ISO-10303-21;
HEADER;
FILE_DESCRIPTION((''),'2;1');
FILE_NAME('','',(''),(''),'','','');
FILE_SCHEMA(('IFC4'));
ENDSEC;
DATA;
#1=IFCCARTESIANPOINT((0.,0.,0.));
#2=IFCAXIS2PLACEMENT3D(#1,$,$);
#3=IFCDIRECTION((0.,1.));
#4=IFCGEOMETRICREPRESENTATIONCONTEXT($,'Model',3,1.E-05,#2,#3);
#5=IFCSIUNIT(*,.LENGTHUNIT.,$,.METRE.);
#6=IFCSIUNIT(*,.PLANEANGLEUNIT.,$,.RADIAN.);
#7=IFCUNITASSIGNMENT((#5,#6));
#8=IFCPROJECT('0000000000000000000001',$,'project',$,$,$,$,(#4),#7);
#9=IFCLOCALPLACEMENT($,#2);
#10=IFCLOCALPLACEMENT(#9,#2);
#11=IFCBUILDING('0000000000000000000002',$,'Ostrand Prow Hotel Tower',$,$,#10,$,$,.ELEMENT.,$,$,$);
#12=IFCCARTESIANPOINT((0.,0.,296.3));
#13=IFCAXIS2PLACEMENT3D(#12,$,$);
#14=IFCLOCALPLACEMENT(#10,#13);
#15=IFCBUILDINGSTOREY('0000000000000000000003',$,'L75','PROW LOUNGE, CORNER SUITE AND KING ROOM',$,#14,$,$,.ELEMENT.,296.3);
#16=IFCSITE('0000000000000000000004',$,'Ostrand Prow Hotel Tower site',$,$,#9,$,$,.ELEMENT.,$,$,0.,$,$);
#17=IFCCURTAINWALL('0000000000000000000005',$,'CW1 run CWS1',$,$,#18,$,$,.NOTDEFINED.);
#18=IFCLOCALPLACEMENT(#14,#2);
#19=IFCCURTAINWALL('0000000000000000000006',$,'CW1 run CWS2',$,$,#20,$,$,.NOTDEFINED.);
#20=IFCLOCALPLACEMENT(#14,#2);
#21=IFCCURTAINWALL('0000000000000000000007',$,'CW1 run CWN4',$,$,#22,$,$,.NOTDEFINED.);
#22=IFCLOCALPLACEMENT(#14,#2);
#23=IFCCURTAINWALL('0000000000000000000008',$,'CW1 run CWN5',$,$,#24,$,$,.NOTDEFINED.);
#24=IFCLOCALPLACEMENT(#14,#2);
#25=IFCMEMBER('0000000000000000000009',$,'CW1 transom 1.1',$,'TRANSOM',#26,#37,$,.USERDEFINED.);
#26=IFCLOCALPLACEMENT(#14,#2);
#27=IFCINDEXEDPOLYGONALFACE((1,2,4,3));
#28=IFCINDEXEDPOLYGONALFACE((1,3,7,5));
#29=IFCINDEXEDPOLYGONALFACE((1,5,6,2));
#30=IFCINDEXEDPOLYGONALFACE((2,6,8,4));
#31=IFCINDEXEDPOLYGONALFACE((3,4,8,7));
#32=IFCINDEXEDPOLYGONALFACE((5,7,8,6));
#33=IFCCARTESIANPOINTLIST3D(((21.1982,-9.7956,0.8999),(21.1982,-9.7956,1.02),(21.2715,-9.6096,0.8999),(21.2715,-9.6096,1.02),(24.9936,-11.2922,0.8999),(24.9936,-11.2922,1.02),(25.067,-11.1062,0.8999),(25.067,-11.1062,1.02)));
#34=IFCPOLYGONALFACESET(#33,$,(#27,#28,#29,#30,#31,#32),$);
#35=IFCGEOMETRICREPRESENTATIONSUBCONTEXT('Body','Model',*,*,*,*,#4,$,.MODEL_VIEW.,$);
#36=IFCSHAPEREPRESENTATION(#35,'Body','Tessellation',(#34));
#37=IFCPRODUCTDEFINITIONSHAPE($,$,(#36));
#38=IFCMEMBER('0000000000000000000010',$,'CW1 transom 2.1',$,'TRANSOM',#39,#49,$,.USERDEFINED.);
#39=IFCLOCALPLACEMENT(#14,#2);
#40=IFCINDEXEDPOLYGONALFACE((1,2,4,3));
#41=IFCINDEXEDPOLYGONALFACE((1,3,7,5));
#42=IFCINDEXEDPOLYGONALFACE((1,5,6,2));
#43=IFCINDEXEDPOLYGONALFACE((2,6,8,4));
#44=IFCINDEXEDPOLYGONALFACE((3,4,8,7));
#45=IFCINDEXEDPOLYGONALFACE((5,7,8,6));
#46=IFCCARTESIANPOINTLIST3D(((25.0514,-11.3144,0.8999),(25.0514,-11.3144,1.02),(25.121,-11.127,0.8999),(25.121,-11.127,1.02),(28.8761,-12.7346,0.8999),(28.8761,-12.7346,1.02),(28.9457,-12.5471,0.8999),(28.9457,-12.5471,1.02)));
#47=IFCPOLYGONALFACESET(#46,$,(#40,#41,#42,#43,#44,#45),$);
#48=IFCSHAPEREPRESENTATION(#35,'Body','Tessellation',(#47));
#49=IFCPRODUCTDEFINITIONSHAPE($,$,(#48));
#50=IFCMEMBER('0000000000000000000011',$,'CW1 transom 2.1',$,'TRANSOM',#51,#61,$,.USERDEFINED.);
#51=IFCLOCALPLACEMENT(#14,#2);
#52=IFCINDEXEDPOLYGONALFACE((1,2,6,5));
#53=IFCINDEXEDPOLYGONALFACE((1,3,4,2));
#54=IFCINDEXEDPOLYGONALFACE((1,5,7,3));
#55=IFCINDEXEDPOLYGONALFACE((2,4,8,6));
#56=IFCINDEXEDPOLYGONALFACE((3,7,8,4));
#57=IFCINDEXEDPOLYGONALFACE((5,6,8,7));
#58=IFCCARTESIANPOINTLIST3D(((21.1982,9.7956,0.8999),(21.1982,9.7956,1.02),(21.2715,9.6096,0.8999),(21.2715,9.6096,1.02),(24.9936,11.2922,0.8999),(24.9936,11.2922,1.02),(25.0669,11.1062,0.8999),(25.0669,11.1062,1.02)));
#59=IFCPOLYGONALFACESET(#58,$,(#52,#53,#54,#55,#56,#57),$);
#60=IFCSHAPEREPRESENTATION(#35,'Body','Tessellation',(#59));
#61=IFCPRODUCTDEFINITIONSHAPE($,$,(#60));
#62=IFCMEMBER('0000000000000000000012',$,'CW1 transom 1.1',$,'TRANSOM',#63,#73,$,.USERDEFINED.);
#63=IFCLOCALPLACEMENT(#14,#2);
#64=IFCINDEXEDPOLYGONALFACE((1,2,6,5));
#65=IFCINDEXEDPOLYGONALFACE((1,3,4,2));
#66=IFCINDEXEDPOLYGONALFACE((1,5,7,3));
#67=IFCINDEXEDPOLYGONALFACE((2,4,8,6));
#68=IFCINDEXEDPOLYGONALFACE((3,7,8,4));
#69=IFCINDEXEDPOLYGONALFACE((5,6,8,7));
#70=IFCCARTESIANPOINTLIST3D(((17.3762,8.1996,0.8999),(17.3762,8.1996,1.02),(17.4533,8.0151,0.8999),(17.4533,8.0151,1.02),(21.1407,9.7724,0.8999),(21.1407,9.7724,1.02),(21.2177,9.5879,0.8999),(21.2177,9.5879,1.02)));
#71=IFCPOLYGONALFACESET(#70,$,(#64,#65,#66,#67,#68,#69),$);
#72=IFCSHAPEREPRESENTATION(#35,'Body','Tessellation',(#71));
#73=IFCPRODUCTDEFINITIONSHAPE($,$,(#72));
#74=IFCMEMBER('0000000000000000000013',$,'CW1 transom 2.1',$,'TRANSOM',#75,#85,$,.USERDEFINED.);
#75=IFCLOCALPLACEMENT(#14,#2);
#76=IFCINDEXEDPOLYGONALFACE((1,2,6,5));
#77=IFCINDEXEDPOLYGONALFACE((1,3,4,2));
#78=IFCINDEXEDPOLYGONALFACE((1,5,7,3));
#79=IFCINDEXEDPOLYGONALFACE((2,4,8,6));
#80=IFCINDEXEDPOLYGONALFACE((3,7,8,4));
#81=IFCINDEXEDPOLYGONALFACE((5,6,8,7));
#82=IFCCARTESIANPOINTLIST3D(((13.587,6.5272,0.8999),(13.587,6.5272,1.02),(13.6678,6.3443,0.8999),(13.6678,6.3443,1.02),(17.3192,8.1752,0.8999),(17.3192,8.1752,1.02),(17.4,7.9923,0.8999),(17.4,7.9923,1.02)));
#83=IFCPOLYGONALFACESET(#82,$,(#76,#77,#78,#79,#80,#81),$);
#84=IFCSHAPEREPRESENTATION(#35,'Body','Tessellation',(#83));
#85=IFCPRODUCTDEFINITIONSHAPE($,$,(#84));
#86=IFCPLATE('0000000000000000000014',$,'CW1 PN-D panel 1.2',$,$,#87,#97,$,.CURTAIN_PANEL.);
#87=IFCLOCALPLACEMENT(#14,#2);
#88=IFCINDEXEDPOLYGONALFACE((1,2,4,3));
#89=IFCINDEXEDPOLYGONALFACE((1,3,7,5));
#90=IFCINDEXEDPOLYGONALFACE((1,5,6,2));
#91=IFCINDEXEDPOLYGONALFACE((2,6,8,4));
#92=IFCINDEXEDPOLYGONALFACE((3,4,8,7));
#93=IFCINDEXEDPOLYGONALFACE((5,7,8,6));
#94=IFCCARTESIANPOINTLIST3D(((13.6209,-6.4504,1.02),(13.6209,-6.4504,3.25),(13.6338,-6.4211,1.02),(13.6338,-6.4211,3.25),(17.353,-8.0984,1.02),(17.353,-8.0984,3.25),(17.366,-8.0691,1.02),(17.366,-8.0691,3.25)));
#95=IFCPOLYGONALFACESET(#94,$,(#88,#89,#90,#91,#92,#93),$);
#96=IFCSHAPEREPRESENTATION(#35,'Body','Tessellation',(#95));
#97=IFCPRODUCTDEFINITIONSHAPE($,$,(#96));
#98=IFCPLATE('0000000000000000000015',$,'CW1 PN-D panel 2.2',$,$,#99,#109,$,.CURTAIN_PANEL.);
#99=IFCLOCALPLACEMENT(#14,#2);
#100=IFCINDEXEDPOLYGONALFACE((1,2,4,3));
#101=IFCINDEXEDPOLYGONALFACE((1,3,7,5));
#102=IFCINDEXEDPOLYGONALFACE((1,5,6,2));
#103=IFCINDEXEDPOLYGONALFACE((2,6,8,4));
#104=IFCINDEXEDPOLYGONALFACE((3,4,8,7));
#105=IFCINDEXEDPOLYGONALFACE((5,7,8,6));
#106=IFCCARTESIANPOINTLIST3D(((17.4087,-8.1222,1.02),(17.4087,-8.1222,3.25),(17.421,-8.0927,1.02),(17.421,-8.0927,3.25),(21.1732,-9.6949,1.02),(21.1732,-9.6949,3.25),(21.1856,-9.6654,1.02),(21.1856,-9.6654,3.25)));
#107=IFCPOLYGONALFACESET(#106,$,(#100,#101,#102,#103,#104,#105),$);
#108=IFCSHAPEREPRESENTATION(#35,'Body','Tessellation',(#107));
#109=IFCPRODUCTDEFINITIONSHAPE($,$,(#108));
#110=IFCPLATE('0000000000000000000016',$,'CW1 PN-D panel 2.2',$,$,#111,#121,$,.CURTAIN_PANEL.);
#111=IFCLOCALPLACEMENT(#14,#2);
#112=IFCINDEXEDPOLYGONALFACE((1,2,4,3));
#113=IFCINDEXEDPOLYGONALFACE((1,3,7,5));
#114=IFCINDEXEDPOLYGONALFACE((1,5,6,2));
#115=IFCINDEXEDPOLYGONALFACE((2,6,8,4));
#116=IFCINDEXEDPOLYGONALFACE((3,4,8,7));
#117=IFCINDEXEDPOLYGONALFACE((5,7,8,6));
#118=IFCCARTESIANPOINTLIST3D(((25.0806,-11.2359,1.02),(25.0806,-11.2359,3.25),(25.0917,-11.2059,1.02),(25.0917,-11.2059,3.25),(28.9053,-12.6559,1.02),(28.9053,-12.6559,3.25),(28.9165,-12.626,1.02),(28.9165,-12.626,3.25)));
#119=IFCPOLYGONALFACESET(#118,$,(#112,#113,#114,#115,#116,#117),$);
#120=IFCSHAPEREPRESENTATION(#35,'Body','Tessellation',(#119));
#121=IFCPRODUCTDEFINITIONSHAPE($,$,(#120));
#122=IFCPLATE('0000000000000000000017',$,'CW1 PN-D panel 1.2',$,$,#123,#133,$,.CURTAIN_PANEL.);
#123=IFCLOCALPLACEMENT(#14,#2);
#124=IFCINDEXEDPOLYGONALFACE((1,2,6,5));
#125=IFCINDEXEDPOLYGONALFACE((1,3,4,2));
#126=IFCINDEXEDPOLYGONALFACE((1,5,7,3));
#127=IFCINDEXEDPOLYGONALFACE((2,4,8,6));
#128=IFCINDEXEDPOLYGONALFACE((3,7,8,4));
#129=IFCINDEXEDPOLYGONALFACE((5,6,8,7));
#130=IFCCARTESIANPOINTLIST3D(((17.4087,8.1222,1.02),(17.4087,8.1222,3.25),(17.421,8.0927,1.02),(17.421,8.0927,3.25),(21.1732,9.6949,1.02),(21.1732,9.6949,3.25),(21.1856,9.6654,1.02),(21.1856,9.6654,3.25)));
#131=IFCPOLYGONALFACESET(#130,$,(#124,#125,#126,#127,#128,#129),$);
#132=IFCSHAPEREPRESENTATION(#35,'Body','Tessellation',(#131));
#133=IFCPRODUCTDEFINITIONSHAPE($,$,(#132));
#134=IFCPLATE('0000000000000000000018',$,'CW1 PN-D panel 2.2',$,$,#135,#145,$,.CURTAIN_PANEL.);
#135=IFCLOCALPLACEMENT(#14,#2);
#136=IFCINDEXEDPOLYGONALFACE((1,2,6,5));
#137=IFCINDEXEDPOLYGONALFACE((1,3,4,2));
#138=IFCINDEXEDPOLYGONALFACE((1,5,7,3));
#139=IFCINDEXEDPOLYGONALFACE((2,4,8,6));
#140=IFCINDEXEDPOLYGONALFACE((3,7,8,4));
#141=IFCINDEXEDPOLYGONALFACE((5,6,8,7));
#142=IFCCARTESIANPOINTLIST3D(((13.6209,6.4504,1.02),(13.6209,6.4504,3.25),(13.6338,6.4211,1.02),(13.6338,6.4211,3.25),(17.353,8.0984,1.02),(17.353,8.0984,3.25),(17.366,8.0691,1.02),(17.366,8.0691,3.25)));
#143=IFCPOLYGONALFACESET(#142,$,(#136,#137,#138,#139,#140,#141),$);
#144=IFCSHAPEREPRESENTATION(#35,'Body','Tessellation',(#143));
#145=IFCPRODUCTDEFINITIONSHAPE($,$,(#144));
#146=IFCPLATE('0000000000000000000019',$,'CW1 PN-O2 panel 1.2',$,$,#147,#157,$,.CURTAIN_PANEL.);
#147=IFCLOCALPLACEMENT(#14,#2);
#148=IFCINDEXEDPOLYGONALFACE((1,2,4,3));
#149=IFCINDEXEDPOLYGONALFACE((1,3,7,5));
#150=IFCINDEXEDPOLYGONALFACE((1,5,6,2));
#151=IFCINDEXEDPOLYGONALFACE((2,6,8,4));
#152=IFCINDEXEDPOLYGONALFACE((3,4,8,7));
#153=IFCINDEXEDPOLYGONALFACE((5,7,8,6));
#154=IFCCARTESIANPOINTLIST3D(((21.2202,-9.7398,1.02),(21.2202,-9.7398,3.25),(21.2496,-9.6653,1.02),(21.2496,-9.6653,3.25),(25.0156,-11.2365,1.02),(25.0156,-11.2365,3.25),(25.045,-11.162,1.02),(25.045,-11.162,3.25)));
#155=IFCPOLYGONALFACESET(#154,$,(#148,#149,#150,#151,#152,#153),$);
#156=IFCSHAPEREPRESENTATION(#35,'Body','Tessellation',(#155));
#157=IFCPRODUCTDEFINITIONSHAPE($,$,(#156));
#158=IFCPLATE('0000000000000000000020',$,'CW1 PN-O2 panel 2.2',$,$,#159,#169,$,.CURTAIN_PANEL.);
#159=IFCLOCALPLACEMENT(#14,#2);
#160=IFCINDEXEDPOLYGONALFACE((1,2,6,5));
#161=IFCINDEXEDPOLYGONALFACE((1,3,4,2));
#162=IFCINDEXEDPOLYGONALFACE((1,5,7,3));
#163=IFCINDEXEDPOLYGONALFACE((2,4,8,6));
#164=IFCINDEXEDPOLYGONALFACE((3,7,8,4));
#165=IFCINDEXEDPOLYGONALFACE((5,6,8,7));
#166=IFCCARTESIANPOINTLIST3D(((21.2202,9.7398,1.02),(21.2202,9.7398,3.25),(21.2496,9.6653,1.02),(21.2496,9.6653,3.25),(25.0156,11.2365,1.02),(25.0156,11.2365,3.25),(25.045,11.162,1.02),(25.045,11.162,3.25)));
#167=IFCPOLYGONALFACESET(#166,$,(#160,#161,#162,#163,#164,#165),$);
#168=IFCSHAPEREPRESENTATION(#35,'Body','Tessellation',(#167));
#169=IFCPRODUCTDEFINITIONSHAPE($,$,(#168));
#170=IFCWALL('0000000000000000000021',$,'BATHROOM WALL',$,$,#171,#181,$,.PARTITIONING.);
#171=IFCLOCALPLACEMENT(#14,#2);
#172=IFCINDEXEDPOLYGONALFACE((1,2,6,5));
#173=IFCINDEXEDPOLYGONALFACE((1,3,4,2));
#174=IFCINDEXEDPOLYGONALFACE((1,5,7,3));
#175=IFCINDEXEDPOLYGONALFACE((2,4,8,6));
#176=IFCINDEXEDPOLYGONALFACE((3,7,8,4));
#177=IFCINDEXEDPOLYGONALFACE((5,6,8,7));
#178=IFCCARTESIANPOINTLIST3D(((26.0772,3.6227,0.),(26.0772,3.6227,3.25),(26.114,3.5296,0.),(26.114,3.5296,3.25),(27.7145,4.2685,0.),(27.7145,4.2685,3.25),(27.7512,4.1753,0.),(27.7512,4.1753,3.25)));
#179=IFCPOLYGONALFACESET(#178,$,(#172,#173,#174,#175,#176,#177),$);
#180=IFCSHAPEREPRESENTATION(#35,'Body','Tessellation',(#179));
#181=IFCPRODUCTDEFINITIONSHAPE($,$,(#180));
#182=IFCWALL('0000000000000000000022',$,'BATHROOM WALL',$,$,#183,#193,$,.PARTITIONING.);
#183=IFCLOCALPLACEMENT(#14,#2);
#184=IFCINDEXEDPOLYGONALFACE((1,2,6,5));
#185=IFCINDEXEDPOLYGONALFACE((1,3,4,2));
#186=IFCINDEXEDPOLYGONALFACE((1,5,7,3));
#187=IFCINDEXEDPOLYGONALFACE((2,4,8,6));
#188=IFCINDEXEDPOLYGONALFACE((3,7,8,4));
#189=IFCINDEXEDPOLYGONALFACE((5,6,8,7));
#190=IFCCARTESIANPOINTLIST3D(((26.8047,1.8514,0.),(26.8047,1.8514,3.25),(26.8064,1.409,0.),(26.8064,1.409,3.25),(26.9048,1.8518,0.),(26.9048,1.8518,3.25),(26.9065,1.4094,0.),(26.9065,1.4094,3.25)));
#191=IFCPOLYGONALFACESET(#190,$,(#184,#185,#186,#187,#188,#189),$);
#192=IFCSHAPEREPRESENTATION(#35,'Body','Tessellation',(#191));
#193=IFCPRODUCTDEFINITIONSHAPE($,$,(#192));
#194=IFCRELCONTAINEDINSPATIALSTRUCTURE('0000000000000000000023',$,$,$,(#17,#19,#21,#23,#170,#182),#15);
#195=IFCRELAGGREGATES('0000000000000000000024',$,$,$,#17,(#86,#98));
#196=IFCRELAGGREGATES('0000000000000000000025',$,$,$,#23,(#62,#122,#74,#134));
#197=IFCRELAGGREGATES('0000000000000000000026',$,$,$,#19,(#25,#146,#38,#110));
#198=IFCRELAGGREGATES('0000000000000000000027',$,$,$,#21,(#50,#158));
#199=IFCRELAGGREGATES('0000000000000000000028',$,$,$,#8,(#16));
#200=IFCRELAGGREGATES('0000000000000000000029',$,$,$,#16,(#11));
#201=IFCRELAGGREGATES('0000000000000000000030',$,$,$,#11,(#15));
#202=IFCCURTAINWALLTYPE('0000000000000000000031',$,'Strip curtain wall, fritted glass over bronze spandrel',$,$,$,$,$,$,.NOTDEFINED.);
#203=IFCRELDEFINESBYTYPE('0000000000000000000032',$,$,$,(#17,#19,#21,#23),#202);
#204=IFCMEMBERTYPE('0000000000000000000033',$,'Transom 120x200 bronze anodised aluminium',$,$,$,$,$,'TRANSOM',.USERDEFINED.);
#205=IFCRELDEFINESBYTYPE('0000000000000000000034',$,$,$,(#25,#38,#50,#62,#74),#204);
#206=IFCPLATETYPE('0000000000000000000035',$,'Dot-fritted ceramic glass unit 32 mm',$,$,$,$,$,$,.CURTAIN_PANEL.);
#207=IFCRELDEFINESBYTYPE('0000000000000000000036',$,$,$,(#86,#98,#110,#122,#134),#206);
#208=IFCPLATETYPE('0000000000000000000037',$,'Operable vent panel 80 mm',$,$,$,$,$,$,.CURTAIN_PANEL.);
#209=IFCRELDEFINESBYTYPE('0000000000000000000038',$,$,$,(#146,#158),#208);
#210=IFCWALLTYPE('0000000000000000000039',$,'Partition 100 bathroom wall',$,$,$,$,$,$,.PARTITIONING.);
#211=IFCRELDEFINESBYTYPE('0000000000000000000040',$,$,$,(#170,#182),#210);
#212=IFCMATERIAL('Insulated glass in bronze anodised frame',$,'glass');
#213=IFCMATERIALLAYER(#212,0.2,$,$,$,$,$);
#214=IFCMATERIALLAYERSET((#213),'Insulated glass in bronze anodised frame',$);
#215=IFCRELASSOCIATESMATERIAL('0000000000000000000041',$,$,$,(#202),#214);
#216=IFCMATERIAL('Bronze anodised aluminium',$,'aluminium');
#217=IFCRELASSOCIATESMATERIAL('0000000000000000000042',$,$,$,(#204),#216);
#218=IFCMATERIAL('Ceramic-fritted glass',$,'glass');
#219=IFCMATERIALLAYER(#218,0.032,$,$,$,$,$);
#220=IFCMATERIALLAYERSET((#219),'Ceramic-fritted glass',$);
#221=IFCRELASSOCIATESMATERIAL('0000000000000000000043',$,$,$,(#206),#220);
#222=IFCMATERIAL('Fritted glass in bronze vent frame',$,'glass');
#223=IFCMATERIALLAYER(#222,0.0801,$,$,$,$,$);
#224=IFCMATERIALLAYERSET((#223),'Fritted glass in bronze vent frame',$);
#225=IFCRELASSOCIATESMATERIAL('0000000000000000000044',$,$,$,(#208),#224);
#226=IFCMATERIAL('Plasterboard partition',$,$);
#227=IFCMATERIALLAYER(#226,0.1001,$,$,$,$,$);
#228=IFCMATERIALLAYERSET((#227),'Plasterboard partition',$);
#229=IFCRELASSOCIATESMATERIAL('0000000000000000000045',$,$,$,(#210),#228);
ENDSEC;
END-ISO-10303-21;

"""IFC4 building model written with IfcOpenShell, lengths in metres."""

from ifc_helpers import new_model, si_unit, direction, frame, frame_2d, origin, origin_2d, place, context, subcontext, project, spatial, rectangle, extrude, material, layer, layer_set, material_profile, profile_set, type_object, element, aggregate, save


model = new_model("IFC4")

# Units and contexts
model_context = context("Model", 3, precision=1e-05, world=origin(), true_north=direction((0.0, 1.0)))
body_context = subcontext(model_context, "Body", "Model", "MODEL_VIEW")
ifc_project = project(units=[si_unit("LENGTHUNIT", "METRE"), si_unit("PLANEANGLEUNIT", "RADIAN")], contexts=[model_context])

# Site, building, storey
site_placement = place(None, origin())
site = spatial("IfcSite", under=ifc_project, at=site_placement, Name="Ostrand Prow Hotel Tower site", CompositionType="ELEMENT", RefElevation=0.0)
building_placement = place(site_placement, origin())
building = spatial("IfcBuilding", under=site, at=building_placement, Name="Ostrand Prow Hotel Tower", CompositionType="ELEMENT")
storey_placement = place(building_placement, frame((0.0, 0.0, 296.3)))
storey = spatial("IfcBuildingStorey", under=building, at=storey_placement, Name="L75", Description="PROW LOUNGE, CORNER SUITE AND KING ROOM", CompositionType="ELEMENT", Elevation=296.3)

# Curtain wall
ifc_material_1 = material(Name="Insulated glass in bronze anodised frame", Category="glass")
ifc_layer_1 = layer(ifc_material_1, 0.2)
ifc_layer_set_1 = layer_set([ifc_layer_1], Name="Insulated glass in bronze anodised frame")
curtain_wall_type = type_object("IfcCurtainWallType", Name="Strip curtain wall, fritted glass over bronze spandrel", PredefinedType="NOTDEFINED", material=ifc_layer_set_1)
curtain_wall_1_placement = place(storey_placement, origin())
curtain_wall_1 = element("IfcCurtainWall", 1, at=curtain_wall_1_placement, inside=storey, type_object=curtain_wall_type, Name="CW1 run CWS1", PredefinedType="NOTDEFINED")

# Curtain wall
curtain_wall_2_placement = place(storey_placement, origin())
curtain_wall_2 = element("IfcCurtainWall", 2, at=curtain_wall_2_placement, inside=storey, type_object=curtain_wall_type, Name="CW1 run CWS2", PredefinedType="NOTDEFINED")

# Curtain wall
curtain_wall_3_placement = place(storey_placement, origin())
curtain_wall_3 = element("IfcCurtainWall", 3, at=curtain_wall_3_placement, inside=storey, type_object=curtain_wall_type, Name="CW1 run CWN4", PredefinedType="NOTDEFINED")

# Curtain wall
curtain_wall_4_placement = place(storey_placement, origin())
curtain_wall_4 = element("IfcCurtainWall", 4, at=curtain_wall_4_placement, inside=storey, type_object=curtain_wall_type, Name="CW1 run CWN5", PredefinedType="NOTDEFINED")

# Members
ifc_material_2 = material(Name="Bronze anodised aluminium", Category="aluminium")
ifc_material_profile_1 = material_profile(ifc_material_2, rectangle(XDim=0.2, YDim=0.1201, at=origin_2d()), Name="Transom 120x200 bronze anodised aluminium")
ifc_profile_set_1 = profile_set([ifc_material_profile_1], Name="Bronze anodised aluminium")
member_type_1 = type_object("IfcMemberType", Name="Transom 120x200 bronze anodised aluminium", ElementType="TRANSOM", PredefinedType="USERDEFINED", material=ifc_profile_set_1)
member_1_placement = place(storey_placement, frame((21.2349, -9.7026, 0.96), z_axis=(0.93029, -0.366826, 0.0), x_axis=(0.366826, 0.93029, 0.0)))
member_1 = element("IfcMember", 5, at=member_1_placement, type_object=member_type_1, Name="CW1 transom 1.1", ObjectType="TRANSOM", PredefinedType="USERDEFINED", context=body_context, shape_type="SweptSolid", body=[
    extrude(rectangle(XDim=0.2, YDim=0.1201, at=origin_2d()), origin(), (0.0, 0.0, 1.0), 4.0798),
])
member_2_placement = place(storey_placement, frame((25.0862, -11.2207, 0.96), z_axis=(0.93746, -0.348092, 0.0), x_axis=(0.348092, 0.93746, 0.0)))
member_2 = element("IfcMember", 6, at=member_2_placement, type_object=member_type_1, Name="CW1 transom 2.1", ObjectType="TRANSOM", PredefinedType="USERDEFINED", context=body_context, shape_type="SweptSolid", body=[
    extrude(rectangle(XDim=0.2, YDim=0.1201, at=origin_2d()), origin(), (0.0, 0.0, 1.0), 4.0798),
])
member_3_placement = place(storey_placement, frame((25.0303, 11.1992, 0.96), z_axis=(-0.93029, -0.366826, 0.0), x_axis=(0.366826, -0.93029, 0.0)))
member_3 = element("IfcMember", 7, at=member_3_placement, type_object=member_type_1, Name="CW1 transom 2.1", ObjectType="TRANSOM", PredefinedType="USERDEFINED", context=body_context, shape_type="SweptSolid", body=[
    extrude(rectangle(XDim=0.2, YDim=0.1201, at=origin_2d()), origin(), (0.0, 0.0, 1.0), 4.0798),
])
member_4_placement = place(storey_placement, frame((21.1792, 9.6802, 0.96), z_axis=(-0.922706, -0.385503, 0.0), x_axis=(0.385503, -0.922706, 0.0)))
member_4 = element("IfcMember", 8, at=member_4_placement, type_object=member_type_1, Name="CW1 transom 1.1", ObjectType="TRANSOM", PredefinedType="USERDEFINED", context=body_context, shape_type="SweptSolid", body=[
    extrude(rectangle(XDim=0.2, YDim=0.1201, at=origin_2d()), origin(), (0.0, 0.0, 1.0), 4.0798),
])
member_5_placement = place(storey_placement, frame((17.3596, 8.0837, 0.96), z_axis=(-0.914791, -0.403927, 0.0), x_axis=(0.403927, -0.914791, 0.0)))
member_5 = element("IfcMember", 9, at=member_5_placement, type_object=member_type_1, Name="CW1 transom 2.1", ObjectType="TRANSOM", PredefinedType="USERDEFINED", context=body_context, shape_type="SweptSolid", body=[
    extrude(rectangle(XDim=0.2, YDim=0.1201, at=origin_2d()), origin(), (0.0, 0.0, 1.0), 4.0798),
])

# Plates
ifc_material_3 = material(Name="Ceramic-fritted glass", Category="glass")
ifc_layer_2 = layer(ifc_material_3, 0.032)
ifc_layer_set_2 = layer_set([ifc_layer_2], Name="Ceramic-fritted glass")
plate_type_1 = type_object("IfcPlateType", Name="Dot-fritted ceramic glass unit 32 mm", PredefinedType="CURTAIN_PANEL", material=ifc_layer_set_2)
plate_1_placement = place(storey_placement, frame((15.4934, -7.2598, 1.02), z_axis=(0.0, 0.0, 1.0), x_axis=(0.914786, -0.40394, 0.0)))
plate_1 = element("IfcPlate", 10, at=plate_1_placement, type_object=plate_type_1, Name="CW1 PN-D panel 1.2", PredefinedType="CURTAIN_PANEL", context=body_context, shape_type="SweptSolid", body=[
    extrude(rectangle(XDim=4.0798, YDim=0.032, at=origin_2d()), origin(), (0.0, 0.0, 1.0), 2.23),
])
plate_2_placement = place(storey_placement, frame((19.2971, -8.8938, 1.02), z_axis=(0.0, 0.0, 1.0), x_axis=(0.92272, -0.385471, 0.0)))
plate_2 = element("IfcPlate", 11, at=plate_2_placement, type_object=plate_type_1, Name="CW1 PN-D panel 2.2", PredefinedType="CURTAIN_PANEL", context=body_context, shape_type="SweptSolid", body=[
    extrude(rectangle(XDim=4.0798, YDim=0.032, at=origin_2d()), origin(), (0.0, 0.0, 1.0), 2.23),
])
aggregate(curtain_wall_1, [plate_1, plate_2])
plate_3_placement = place(storey_placement, frame((26.9985, -11.9309, 1.02), z_axis=(0.0, 0.0, 1.0), x_axis=(0.937468, -0.348071, 0.0)))
plate_3 = element("IfcPlate", 12, at=plate_3_placement, type_object=plate_type_1, Name="CW1 PN-D panel 2.2", PredefinedType="CURTAIN_PANEL", context=body_context, shape_type="SweptSolid", body=[
    extrude(rectangle(XDim=4.0798, YDim=0.032, at=origin_2d()), origin(), (0.0, 0.0, 1.0), 2.23),
])
plate_4_placement = place(storey_placement, frame((19.2971, 8.8938, 1.02), z_axis=(0.0, 0.0, 1.0), x_axis=(-0.92272, -0.385471, 0.0)))
plate_4 = element("IfcPlate", 13, at=plate_4_placement, type_object=plate_type_1, Name="CW1 PN-D panel 1.2", PredefinedType="CURTAIN_PANEL", context=body_context, shape_type="SweptSolid", body=[
    extrude(rectangle(XDim=4.0798, YDim=0.032, at=origin_2d()), origin(), (0.0, 0.0, 1.0), 2.23),
])
plate_5_placement = place(storey_placement, frame((15.4934, 7.2598, 1.02), z_axis=(0.0, 0.0, 1.0), x_axis=(-0.914786, -0.40394, 0.0)))
plate_5 = element("IfcPlate", 14, at=plate_5_placement, type_object=plate_type_1, Name="CW1 PN-D panel 2.2", PredefinedType="CURTAIN_PANEL", context=body_context, shape_type="SweptSolid", body=[
    extrude(rectangle(XDim=4.0798, YDim=0.032, at=origin_2d()), origin(), (0.0, 0.0, 1.0), 2.23),
])
aggregate(curtain_wall_4, [member_4, plate_4, member_5, plate_5])
ifc_material_4 = material(Name="Fritted glass in bronze vent frame", Category="glass")
ifc_layer_3 = layer(ifc_material_4, 0.0801)
ifc_layer_set_3 = layer_set([ifc_layer_3], Name="Fritted glass in bronze vent frame")
plate_type_2 = type_object("IfcPlateType", Name="Operable vent panel 80 mm", PredefinedType="CURTAIN_PANEL", material=ifc_layer_set_3)
plate_6_placement = place(storey_placement, frame((23.1326, -10.4509, 1.02), z_axis=(0.0, 0.0, 1.0), x_axis=(0.930282, -0.366845, 0.0)))
plate_6 = element("IfcPlate", 15, at=plate_6_placement, type_object=plate_type_2, Name="CW1 PN-O2 panel 1.2", PredefinedType="CURTAIN_PANEL", context=body_context, shape_type="SweptSolid", body=[
    extrude(rectangle(XDim=4.0798, YDim=0.0801, at=origin_2d()), origin(), (0.0, 0.0, 1.0), 2.23),
])
aggregate(curtain_wall_2, [member_1, plate_6, member_2, plate_3])
plate_7_placement = place(storey_placement, frame((23.1326, 10.4509, 1.02), z_axis=(0.0, 0.0, 1.0), x_axis=(-0.930282, -0.366845, 0.0)))
plate_7 = element("IfcPlate", 16, at=plate_7_placement, type_object=plate_type_2, Name="CW1 PN-O2 panel 2.2", PredefinedType="CURTAIN_PANEL", context=body_context, shape_type="SweptSolid", body=[
    extrude(rectangle(XDim=4.0798, YDim=0.0801, at=origin_2d()), origin(), (0.0, 0.0, 1.0), 2.23),
])
aggregate(curtain_wall_3, [member_3, plate_7])

# Walls
ifc_material_5 = material(Name="Plasterboard partition")
ifc_layer_4 = layer(ifc_material_5, 0.1001)
ifc_layer_set_4 = layer_set([ifc_layer_4], Name="Plasterboard partition")
wall_type_1 = type_object("IfcWallType", Name="Partition 100 bathroom wall", PredefinedType="PARTITIONING", material=ifc_layer_set_4)
wall_1_placement = place(storey_placement, frame((26.0957, 3.5762, 0.0), z_axis=(0.0, 0.0, 1.0), x_axis=(0.930255, 0.366914, 0.0)))
element("IfcWall", 17, at=wall_1_placement, inside=storey, type_object=wall_type_1, Name="BATHROOM WALL", PredefinedType="PARTITIONING", context=body_context, shape_type="SweptSolid", body=[
    extrude(rectangle(XDim=1.76, YDim=0.1001, at=frame_2d((0.8799, 0.0))), origin(), (0.0, 0.0, 1.0), 3.25),
])
wall_2_placement = place(storey_placement, frame((26.8564, 1.4092, 0.0), z_axis=(0.0, 0.0, 1.0), x_axis=(-0.003863, 0.999993, 0.0)))
element("IfcWall", 18, at=wall_2_placement, inside=storey, type_object=wall_type_1, Name="BATHROOM WALL", PredefinedType="PARTITIONING", context=body_context, shape_type="SweptSolid", body=[
    extrude(rectangle(XDim=0.4424, YDim=0.1001, at=frame_2d((0.2212, 0.0))), origin(), (0.0, 0.0, 1.0), 3.25),
])

save(model, "model.ifc")
